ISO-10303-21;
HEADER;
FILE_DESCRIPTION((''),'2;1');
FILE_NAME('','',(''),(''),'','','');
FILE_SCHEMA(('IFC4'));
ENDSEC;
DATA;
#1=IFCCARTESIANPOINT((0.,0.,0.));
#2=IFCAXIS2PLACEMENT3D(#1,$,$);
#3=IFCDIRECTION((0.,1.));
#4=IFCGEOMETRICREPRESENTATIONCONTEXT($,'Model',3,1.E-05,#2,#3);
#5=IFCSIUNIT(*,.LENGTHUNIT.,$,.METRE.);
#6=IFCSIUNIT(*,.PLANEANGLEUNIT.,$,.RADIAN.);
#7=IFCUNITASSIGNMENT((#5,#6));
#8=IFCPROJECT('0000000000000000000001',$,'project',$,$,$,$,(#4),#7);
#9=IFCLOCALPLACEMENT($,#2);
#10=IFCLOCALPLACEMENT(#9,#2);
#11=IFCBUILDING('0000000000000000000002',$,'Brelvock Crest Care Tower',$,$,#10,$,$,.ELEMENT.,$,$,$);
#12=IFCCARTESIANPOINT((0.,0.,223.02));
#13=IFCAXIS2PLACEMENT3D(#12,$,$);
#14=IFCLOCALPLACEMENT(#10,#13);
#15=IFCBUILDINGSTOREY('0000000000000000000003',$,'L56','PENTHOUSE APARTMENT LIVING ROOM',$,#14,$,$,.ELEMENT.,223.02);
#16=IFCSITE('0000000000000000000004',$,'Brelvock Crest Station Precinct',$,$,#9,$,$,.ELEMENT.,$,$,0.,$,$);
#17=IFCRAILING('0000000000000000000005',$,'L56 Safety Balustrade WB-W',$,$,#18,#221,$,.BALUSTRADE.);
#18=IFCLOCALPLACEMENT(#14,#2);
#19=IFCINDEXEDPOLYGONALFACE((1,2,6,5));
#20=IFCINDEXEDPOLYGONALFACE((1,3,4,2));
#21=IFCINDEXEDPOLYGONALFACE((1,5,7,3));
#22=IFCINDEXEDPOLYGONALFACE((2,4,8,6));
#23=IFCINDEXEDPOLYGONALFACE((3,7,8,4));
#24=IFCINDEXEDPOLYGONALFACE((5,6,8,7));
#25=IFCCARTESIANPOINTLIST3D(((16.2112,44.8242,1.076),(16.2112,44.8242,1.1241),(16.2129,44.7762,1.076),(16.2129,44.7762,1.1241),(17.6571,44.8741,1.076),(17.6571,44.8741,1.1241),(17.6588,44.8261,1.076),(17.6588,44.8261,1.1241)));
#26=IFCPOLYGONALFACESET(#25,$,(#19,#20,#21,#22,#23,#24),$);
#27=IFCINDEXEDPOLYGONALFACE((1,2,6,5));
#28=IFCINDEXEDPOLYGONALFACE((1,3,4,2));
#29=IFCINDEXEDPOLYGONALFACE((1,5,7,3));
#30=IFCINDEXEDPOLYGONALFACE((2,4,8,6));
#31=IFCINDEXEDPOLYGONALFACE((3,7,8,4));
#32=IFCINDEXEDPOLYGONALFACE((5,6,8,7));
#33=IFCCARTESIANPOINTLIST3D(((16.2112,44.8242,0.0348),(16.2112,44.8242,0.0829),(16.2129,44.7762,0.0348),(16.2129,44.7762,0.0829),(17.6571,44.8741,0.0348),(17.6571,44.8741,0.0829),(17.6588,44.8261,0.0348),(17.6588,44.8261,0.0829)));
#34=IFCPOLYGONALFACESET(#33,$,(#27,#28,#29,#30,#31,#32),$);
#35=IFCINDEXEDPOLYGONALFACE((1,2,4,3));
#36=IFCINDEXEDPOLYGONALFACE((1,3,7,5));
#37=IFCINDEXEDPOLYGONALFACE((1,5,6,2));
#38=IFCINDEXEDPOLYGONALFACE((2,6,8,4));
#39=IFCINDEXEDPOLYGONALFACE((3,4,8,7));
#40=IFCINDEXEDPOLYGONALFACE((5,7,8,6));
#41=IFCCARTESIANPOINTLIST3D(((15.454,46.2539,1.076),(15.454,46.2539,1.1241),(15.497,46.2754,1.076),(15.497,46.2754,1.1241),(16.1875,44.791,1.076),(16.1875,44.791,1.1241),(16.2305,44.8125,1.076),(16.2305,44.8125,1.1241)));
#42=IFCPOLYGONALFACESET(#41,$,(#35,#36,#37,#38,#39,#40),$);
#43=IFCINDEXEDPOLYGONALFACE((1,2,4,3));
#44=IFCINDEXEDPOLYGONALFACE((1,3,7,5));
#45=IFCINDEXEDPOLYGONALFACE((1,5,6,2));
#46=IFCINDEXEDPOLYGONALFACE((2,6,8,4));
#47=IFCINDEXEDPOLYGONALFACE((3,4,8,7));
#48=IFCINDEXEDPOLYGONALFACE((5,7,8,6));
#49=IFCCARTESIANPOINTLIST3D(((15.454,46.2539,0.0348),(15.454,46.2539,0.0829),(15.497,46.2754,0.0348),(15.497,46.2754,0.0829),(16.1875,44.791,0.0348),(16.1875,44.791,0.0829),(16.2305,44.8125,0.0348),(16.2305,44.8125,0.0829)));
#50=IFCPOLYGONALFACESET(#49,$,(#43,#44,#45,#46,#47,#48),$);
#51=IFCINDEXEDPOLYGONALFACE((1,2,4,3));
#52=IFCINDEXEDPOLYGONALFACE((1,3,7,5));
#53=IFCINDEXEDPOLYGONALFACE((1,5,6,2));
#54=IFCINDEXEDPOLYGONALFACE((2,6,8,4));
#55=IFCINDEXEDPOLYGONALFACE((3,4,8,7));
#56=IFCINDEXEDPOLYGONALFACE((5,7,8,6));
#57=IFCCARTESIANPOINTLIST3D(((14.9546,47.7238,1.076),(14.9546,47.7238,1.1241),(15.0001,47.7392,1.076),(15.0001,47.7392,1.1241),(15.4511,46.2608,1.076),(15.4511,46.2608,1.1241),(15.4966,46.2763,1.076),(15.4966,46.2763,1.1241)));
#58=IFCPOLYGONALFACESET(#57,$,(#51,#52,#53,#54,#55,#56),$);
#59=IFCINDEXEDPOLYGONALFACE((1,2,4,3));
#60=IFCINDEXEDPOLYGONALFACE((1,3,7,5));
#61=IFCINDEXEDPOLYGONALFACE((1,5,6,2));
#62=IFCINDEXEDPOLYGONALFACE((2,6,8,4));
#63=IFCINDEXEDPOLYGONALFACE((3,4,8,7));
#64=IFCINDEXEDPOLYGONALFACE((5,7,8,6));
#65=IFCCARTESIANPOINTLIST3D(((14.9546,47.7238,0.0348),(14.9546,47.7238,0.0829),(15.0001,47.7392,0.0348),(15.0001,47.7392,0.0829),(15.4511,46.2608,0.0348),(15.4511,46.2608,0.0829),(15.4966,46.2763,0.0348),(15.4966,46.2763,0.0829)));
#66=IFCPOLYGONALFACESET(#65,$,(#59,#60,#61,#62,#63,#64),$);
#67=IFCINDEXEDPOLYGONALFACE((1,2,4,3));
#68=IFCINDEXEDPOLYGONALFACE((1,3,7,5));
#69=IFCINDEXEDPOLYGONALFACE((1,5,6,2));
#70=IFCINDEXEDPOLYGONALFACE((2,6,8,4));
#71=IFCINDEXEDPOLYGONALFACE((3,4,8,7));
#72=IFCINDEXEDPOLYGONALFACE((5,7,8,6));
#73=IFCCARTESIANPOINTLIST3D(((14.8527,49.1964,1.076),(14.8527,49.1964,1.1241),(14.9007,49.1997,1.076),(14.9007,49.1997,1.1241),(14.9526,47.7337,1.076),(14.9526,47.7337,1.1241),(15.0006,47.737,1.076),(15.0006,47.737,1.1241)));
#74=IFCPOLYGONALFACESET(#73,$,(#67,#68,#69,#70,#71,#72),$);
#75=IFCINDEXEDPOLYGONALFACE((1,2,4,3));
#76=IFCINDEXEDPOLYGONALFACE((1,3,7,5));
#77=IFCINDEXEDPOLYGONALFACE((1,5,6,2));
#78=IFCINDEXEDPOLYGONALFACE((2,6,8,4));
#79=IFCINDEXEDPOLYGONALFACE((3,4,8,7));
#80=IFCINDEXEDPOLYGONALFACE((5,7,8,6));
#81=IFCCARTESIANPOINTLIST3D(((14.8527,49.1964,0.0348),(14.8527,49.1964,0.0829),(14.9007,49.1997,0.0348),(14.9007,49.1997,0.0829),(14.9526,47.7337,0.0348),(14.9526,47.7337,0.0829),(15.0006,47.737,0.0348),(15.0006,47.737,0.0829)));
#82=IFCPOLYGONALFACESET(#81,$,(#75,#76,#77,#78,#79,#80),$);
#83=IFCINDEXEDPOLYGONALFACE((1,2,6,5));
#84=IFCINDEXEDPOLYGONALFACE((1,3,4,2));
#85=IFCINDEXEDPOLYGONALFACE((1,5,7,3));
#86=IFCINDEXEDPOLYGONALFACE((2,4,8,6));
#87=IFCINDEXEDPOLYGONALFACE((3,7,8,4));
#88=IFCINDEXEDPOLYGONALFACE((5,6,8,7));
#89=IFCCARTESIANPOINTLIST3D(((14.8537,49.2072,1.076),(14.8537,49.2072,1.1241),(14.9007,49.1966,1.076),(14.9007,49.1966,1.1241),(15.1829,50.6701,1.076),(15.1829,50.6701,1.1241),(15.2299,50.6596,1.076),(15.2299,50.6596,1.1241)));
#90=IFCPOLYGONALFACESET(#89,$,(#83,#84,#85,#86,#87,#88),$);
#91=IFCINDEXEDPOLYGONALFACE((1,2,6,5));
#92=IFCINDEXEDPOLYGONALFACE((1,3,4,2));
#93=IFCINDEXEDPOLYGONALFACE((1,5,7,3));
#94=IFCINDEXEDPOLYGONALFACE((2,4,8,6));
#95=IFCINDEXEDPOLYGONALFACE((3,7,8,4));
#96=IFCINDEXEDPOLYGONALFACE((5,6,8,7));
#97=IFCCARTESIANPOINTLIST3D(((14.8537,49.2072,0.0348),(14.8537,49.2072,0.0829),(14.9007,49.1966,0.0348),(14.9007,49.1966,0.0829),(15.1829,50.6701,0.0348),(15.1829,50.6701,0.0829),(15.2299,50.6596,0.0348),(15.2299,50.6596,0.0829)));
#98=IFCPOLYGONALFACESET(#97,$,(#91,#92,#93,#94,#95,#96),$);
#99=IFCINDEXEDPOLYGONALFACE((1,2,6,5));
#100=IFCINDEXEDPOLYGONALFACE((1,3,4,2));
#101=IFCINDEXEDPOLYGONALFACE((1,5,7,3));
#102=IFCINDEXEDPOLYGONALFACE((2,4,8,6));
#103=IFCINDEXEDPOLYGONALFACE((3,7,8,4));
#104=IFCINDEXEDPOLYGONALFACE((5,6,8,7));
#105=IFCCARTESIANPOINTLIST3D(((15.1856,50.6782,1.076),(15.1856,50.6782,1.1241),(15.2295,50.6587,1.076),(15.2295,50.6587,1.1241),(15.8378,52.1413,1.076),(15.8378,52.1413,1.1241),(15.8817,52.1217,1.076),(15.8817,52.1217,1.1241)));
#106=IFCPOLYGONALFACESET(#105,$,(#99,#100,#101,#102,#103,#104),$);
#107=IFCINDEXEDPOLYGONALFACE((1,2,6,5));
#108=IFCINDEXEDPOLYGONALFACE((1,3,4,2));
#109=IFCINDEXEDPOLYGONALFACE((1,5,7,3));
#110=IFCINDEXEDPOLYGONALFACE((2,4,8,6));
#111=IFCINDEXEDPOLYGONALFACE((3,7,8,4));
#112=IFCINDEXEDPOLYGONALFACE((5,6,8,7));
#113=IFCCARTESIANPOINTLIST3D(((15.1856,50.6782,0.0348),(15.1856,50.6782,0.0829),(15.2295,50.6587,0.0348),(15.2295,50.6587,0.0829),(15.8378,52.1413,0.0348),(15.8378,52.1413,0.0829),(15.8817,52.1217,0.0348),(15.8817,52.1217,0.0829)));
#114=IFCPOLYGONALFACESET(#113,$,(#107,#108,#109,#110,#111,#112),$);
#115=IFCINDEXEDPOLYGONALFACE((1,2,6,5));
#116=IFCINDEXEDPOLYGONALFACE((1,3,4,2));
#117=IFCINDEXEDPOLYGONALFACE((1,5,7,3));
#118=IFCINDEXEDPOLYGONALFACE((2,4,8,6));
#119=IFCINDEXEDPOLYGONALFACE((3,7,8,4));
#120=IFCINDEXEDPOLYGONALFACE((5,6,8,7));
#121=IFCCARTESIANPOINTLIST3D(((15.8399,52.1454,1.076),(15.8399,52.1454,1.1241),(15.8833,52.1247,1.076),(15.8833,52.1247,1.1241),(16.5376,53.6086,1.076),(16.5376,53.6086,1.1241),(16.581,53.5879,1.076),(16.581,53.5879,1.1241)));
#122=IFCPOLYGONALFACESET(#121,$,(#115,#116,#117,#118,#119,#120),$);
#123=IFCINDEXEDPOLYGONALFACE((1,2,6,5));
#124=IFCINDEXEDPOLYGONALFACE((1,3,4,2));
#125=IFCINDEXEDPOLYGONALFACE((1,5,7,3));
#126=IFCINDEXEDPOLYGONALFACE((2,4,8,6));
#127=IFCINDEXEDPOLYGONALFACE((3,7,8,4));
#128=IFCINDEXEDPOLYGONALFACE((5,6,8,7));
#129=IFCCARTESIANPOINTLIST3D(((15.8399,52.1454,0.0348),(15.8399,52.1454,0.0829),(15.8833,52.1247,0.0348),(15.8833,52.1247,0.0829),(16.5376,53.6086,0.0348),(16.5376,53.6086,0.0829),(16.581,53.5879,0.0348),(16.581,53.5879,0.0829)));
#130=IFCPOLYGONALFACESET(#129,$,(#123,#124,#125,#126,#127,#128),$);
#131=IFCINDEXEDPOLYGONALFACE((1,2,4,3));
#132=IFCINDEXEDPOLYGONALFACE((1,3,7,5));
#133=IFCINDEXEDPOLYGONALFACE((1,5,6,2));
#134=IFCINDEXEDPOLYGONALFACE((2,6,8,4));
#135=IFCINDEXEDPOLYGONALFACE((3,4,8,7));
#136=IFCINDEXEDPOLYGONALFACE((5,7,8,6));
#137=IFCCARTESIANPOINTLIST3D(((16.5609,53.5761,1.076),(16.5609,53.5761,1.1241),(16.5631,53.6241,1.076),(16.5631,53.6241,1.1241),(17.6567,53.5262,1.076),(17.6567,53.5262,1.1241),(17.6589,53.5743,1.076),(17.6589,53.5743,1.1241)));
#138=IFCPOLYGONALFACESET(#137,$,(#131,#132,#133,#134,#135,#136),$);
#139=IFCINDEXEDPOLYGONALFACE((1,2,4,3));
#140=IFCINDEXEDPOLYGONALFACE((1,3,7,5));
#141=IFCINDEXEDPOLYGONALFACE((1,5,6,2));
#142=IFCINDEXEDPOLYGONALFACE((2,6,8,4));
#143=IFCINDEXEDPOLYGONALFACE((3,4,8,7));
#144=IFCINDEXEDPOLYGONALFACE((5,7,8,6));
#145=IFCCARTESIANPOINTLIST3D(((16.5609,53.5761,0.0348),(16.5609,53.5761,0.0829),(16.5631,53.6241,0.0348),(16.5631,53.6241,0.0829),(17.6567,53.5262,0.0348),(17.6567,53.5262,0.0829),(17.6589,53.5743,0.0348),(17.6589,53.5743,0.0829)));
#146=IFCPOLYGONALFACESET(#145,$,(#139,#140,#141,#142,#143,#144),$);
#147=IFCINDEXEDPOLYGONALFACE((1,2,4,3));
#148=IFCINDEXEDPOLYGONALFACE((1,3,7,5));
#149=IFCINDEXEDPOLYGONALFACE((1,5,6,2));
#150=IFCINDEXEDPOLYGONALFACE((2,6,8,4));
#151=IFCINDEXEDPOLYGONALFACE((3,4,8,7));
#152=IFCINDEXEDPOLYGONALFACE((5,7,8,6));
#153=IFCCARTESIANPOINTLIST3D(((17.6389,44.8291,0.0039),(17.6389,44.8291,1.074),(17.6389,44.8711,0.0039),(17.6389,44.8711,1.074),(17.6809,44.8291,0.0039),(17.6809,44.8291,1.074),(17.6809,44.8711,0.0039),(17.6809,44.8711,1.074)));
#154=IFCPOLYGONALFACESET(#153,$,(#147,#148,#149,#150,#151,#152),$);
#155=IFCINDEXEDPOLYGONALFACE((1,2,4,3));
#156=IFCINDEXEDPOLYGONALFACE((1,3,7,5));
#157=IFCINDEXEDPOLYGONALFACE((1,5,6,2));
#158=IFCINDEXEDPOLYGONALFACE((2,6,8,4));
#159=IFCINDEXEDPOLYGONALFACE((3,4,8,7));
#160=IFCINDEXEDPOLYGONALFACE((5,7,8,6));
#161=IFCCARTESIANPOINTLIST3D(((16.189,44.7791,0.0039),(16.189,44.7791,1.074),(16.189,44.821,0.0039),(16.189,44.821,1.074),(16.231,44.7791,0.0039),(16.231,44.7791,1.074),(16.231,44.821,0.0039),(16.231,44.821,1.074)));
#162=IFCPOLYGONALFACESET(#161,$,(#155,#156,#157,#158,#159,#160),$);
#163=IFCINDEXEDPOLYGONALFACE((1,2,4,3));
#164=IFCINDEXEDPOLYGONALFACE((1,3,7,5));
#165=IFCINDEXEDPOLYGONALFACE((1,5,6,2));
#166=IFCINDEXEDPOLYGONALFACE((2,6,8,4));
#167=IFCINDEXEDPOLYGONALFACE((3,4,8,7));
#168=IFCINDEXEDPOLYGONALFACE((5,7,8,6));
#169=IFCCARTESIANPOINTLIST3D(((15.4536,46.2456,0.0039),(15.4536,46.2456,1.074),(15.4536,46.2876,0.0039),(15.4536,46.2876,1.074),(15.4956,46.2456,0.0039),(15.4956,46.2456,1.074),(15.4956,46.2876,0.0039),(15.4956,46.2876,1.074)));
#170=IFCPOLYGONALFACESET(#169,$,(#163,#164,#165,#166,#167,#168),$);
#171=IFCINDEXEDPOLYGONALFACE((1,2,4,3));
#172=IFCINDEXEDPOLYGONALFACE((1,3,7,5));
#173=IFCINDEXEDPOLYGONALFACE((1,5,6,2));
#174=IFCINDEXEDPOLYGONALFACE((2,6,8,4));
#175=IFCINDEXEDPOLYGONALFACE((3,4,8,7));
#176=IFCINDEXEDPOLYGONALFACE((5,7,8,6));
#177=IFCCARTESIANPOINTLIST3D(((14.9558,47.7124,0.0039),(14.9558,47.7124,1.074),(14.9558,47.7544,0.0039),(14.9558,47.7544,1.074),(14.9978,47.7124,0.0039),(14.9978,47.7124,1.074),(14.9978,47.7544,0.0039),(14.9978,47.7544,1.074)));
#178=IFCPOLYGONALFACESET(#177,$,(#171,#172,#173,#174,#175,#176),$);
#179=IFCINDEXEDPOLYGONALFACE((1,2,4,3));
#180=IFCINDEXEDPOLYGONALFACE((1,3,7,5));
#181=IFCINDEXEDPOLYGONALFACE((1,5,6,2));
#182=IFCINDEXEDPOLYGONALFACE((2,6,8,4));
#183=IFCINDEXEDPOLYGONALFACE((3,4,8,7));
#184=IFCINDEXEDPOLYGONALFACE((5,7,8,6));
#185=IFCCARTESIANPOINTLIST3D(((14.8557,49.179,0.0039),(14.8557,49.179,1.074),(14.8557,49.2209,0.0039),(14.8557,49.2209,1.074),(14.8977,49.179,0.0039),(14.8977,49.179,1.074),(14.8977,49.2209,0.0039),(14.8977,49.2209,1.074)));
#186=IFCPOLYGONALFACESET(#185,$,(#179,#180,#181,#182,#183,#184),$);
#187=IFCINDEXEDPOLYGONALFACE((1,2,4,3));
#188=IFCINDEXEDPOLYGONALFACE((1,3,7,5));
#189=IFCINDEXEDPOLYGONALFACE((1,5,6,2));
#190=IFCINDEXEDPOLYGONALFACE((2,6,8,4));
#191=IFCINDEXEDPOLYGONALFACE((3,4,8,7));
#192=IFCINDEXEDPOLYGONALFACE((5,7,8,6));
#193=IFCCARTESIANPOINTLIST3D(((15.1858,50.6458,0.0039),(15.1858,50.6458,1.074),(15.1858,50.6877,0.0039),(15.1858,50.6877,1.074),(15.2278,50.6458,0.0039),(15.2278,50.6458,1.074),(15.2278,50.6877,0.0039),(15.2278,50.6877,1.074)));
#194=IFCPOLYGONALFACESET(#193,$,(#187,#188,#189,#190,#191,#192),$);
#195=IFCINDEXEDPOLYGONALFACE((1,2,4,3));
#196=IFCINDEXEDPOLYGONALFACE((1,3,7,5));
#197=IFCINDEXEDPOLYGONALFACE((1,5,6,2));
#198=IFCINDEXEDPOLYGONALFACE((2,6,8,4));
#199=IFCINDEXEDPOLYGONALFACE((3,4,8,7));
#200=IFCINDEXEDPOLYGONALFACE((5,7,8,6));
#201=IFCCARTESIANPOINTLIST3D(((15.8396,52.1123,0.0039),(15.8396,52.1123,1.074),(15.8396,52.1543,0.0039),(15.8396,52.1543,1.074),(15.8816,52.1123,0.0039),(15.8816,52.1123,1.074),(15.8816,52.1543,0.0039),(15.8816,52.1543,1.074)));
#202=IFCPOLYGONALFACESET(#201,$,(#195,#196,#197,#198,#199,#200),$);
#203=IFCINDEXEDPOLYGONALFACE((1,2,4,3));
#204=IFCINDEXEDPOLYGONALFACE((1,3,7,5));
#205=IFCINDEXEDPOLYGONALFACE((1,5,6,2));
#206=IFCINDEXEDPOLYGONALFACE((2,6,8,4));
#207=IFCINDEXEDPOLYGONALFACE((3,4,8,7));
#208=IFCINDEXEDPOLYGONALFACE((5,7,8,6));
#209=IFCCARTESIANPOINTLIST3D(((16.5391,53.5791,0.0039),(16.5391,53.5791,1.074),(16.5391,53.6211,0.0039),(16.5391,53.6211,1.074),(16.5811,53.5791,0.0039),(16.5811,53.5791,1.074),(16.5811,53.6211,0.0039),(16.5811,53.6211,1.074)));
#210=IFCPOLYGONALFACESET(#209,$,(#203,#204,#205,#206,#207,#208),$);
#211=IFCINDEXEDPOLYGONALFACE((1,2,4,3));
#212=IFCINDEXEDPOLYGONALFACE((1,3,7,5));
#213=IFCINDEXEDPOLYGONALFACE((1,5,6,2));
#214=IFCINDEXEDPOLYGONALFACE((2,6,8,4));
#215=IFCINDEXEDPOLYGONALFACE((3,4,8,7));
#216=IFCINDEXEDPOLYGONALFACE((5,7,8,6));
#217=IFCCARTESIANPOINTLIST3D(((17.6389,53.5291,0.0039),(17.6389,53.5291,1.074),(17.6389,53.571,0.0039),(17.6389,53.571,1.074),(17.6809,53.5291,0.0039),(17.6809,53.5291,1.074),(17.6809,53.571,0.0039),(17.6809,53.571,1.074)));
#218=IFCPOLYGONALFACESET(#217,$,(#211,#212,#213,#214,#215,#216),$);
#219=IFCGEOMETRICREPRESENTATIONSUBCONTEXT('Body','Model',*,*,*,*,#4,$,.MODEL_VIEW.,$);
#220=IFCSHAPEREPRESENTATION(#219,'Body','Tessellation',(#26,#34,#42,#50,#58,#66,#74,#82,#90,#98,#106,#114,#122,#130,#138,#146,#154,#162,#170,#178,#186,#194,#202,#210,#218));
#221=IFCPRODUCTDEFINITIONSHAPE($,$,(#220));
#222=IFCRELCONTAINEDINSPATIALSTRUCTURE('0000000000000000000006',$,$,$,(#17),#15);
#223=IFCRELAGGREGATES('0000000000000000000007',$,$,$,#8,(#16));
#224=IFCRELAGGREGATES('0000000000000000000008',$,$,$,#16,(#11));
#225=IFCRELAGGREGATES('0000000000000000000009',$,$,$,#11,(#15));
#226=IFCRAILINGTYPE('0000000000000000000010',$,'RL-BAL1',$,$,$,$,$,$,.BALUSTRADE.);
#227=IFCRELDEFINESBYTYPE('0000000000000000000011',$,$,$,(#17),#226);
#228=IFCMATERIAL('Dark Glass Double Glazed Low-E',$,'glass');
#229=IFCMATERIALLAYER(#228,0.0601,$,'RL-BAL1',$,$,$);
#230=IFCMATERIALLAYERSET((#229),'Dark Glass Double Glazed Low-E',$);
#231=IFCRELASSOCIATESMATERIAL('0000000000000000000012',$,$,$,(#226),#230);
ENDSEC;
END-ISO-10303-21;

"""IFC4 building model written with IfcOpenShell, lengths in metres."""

from ifc_helpers import new_model, si_unit, direction, frame, origin, origin_2d, place, context, subcontext, project, spatial, rectangle, extrude, material, layer, layer_set, type_object, element, save


model = new_model("IFC4")

# Units and contexts
model_context = context("Model", 3, precision=1e-05, world=origin(), true_north=direction((0.0, 1.0)))
body_context = subcontext(model_context, "Body", "Model", "MODEL_VIEW")
ifc_project = project(units=[si_unit("LENGTHUNIT", "METRE"), si_unit("PLANEANGLEUNIT", "RADIAN")], contexts=[model_context])

# Site, building, storey
site_placement = place(None, origin())
site = spatial("IfcSite", under=ifc_project, at=site_placement, Name="Brelvock Crest Station Precinct", CompositionType="ELEMENT", RefElevation=0.0)
building_placement = place(site_placement, origin())
building = spatial("IfcBuilding", under=site, at=building_placement, Name="Brelvock Crest Care Tower", CompositionType="ELEMENT")
storey_placement = place(building_placement, frame((0.0, 0.0, 223.02)))
storey = spatial("IfcBuildingStorey", under=building, at=storey_placement, Name="L56", Description="PENTHOUSE APARTMENT LIVING ROOM", CompositionType="ELEMENT", Elevation=223.02)

# Shared definitions
ifc_material_1 = material(Name="Dark Glass Double Glazed Low-E", Category="glass")

# Railing
ifc_layer_1 = layer(ifc_material_1, 0.0601, Name="RL-BAL1")
ifc_layer_set_1 = layer_set([ifc_layer_1], Name="Dark Glass Double Glazed Low-E")
railing_type = type_object("IfcRailingType", Name="RL-BAL1", PredefinedType="BALUSTRADE", material=ifc_layer_set_1)
railing_placement = place(storey_placement, frame((17.6599, 44.8501, 0.0039)))
element("IfcRailing", 1, at=railing_placement, inside=storey, type_object=railing_type, Name="L56 Safety Balustrade WB-W", PredefinedType="BALUSTRADE", context=body_context, shape_type="SweptSolid", body=[
    extrude(rectangle(XDim=0.0481, YDim=0.0481, at=origin_2d()), frame((-0.002, 0.0, 1.0962), z_axis=(-0.999405, -0.034497, 0.0), x_axis=(0.034497, -0.999405, 0.0)), (0.0, 0.0, 1.0), 1.4468),
    extrude(rectangle(XDim=0.0481, YDim=0.0481, at=origin_2d()), frame((-0.002, 0.0, 0.0549), z_axis=(-0.999405, -0.034497, 0.0), x_axis=(0.034497, -0.999405, 0.0)), (0.0, 0.0, 1.0), 1.4468),
    extrude(rectangle(XDim=0.0481, YDim=0.0481, at=origin_2d()), frame((-1.4509, -0.0483, 1.0962), z_axis=(-0.448225, 0.893921, 0.0), x_axis=(-0.893921, -0.448225, 0.0)), (0.0, 0.0, 1.0), 1.6365),
    extrude(rectangle(XDim=0.0481, YDim=0.0481, at=origin_2d()), frame((-1.4509, -0.0483, 0.0549), z_axis=(-0.448225, 0.893921, 0.0), x_axis=(-0.893921, -0.448225, 0.0)), (0.0, 0.0, 1.0), 1.6365),
    extrude(rectangle(XDim=0.0481, YDim=0.0481, at=origin_2d()), frame((-2.186, 1.4185, 1.0962), z_axis=(-0.321377, 0.946951, 0.0), x_axis=(-0.946951, -0.321377, 0.0)), (0.0, 0.0, 1.0), 1.5449),
    extrude(rectangle(XDim=0.0481, YDim=0.0481, at=origin_2d()), frame((-2.186, 1.4185, 0.0549), z_axis=(-0.321377, 0.946951, 0.0), x_axis=(-0.946951, -0.321377, 0.0)), (0.0, 0.0, 1.0), 1.5449),
    extrude(rectangle(XDim=0.0481, YDim=0.0481, at=origin_2d()), frame((-2.6833, 2.8853, 1.0962), z_axis=(-0.068095, 0.997679, 0.0), x_axis=(-0.997679, -0.068095, 0.0)), (0.0, 0.0, 1.0), 1.4661),
    extrude(rectangle(XDim=0.0481, YDim=0.0481, at=origin_2d()), frame((-2.6833, 2.8853, 0.0549), z_axis=(-0.068095, 0.997679, 0.0), x_axis=(-0.997679, -0.068095, 0.0)), (0.0, 0.0, 1.0), 1.4661),
    extrude(rectangle(XDim=0.0481, YDim=0.0481, at=origin_2d()), frame((-2.7827, 4.3518, 1.0962), z_axis=(0.219543, 0.975603, 0.0), x_axis=(-0.975603, 0.219543, 0.0)), (0.0, 0.0, 1.0), 1.4995),
    extrude(rectangle(XDim=0.0481, YDim=0.0481, at=origin_2d()), frame((-2.7827, 4.3518, 0.0549), z_axis=(0.219543, 0.975603, 0.0), x_axis=(-0.975603, 0.219543, 0.0)), (0.0, 0.0, 1.0), 1.4995),
    extrude(rectangle(XDim=0.0481, YDim=0.0481, at=origin_2d()), frame((-2.4524, 5.8184, 1.0962), z_axis=(0.407182, 0.913347, 0.0), x_axis=(-0.913347, 0.407182, 0.0)), (0.0, 0.0, 1.0), 1.6018),
    extrude(rectangle(XDim=0.0481, YDim=0.0481, at=origin_2d()), frame((-2.4524, 5.8184, 0.0549), z_axis=(0.407182, 0.913347, 0.0), x_axis=(-0.913347, 0.407182, 0.0)), (0.0, 0.0, 1.0), 1.6018),
    extrude(rectangle(XDim=0.0481, YDim=0.0481, at=origin_2d()), frame((-1.7983, 7.2849, 1.0962), z_axis=(0.430429, 0.902624, 0.0), x_axis=(-0.902624, 0.430429, 0.0)), (0.0, 0.0, 1.0), 1.6211),
    extrude(rectangle(XDim=0.0481, YDim=0.0481, at=origin_2d()), frame((-1.7983, 7.2849, 0.0549), z_axis=(0.430429, 0.902624, 0.0), x_axis=(-0.902624, 0.430429, 0.0)), (0.0, 0.0, 1.0), 1.6211),
    extrude(rectangle(XDim=0.0481, YDim=0.0481, at=origin_2d()), frame((-1.0979, 8.75, 1.0962), z_axis=(0.998966, -0.045458, 0.0), x_axis=(0.045458, 0.998966, 0.0)), (0.0, 0.0, 1.0), 1.0969),
    extrude(rectangle(XDim=0.0481, YDim=0.0481, at=origin_2d()), frame((-1.0979, 8.75, 0.0549), z_axis=(0.998966, -0.045458, 0.0), x_axis=(0.045458, 0.998966, 0.0)), (0.0, 0.0, 1.0), 1.0969),
    extrude(rectangle(XDim=0.042, YDim=0.042, at=origin_2d()), origin(), (0.0, 0.0, 1.0), 1.0701),
    extrude(rectangle(XDim=0.042, YDim=0.042, at=origin_2d()), frame((-1.45, -0.05, 0.0)), (0.0, 0.0, 1.0), 1.0701),
    extrude(rectangle(XDim=0.042, YDim=0.042, at=origin_2d()), frame((-2.1853, 1.4165, 0.0)), (0.0, 0.0, 1.0), 1.0701),
    extrude(rectangle(XDim=0.042, YDim=0.042, at=origin_2d()), frame((-2.6831, 2.8833, 0.0)), (0.0, 0.0, 1.0), 1.0701),
    extrude(rectangle(XDim=0.042, YDim=0.042, at=origin_2d()), frame((-2.7832, 4.3499, 0.0)), (0.0, 0.0, 1.0), 1.0701),
    extrude(rectangle(XDim=0.042, YDim=0.042, at=origin_2d()), frame((-2.4531, 5.8167, 0.0)), (0.0, 0.0, 1.0), 1.0701),
    extrude(rectangle(XDim=0.042, YDim=0.042, at=origin_2d()), frame((-1.7993, 7.2832, 0.0)), (0.0, 0.0, 1.0), 1.0701),
    extrude(rectangle(XDim=0.042, YDim=0.042, at=origin_2d()), frame((-1.0999, 8.75, 0.0)), (0.0, 0.0, 1.0), 1.0701),
    extrude(rectangle(XDim=0.042, YDim=0.042, at=origin_2d()), frame((0.0, 8.7, 0.0)), (0.0, 0.0, 1.0), 1.0701),
])

save(model, "model.ifc")
